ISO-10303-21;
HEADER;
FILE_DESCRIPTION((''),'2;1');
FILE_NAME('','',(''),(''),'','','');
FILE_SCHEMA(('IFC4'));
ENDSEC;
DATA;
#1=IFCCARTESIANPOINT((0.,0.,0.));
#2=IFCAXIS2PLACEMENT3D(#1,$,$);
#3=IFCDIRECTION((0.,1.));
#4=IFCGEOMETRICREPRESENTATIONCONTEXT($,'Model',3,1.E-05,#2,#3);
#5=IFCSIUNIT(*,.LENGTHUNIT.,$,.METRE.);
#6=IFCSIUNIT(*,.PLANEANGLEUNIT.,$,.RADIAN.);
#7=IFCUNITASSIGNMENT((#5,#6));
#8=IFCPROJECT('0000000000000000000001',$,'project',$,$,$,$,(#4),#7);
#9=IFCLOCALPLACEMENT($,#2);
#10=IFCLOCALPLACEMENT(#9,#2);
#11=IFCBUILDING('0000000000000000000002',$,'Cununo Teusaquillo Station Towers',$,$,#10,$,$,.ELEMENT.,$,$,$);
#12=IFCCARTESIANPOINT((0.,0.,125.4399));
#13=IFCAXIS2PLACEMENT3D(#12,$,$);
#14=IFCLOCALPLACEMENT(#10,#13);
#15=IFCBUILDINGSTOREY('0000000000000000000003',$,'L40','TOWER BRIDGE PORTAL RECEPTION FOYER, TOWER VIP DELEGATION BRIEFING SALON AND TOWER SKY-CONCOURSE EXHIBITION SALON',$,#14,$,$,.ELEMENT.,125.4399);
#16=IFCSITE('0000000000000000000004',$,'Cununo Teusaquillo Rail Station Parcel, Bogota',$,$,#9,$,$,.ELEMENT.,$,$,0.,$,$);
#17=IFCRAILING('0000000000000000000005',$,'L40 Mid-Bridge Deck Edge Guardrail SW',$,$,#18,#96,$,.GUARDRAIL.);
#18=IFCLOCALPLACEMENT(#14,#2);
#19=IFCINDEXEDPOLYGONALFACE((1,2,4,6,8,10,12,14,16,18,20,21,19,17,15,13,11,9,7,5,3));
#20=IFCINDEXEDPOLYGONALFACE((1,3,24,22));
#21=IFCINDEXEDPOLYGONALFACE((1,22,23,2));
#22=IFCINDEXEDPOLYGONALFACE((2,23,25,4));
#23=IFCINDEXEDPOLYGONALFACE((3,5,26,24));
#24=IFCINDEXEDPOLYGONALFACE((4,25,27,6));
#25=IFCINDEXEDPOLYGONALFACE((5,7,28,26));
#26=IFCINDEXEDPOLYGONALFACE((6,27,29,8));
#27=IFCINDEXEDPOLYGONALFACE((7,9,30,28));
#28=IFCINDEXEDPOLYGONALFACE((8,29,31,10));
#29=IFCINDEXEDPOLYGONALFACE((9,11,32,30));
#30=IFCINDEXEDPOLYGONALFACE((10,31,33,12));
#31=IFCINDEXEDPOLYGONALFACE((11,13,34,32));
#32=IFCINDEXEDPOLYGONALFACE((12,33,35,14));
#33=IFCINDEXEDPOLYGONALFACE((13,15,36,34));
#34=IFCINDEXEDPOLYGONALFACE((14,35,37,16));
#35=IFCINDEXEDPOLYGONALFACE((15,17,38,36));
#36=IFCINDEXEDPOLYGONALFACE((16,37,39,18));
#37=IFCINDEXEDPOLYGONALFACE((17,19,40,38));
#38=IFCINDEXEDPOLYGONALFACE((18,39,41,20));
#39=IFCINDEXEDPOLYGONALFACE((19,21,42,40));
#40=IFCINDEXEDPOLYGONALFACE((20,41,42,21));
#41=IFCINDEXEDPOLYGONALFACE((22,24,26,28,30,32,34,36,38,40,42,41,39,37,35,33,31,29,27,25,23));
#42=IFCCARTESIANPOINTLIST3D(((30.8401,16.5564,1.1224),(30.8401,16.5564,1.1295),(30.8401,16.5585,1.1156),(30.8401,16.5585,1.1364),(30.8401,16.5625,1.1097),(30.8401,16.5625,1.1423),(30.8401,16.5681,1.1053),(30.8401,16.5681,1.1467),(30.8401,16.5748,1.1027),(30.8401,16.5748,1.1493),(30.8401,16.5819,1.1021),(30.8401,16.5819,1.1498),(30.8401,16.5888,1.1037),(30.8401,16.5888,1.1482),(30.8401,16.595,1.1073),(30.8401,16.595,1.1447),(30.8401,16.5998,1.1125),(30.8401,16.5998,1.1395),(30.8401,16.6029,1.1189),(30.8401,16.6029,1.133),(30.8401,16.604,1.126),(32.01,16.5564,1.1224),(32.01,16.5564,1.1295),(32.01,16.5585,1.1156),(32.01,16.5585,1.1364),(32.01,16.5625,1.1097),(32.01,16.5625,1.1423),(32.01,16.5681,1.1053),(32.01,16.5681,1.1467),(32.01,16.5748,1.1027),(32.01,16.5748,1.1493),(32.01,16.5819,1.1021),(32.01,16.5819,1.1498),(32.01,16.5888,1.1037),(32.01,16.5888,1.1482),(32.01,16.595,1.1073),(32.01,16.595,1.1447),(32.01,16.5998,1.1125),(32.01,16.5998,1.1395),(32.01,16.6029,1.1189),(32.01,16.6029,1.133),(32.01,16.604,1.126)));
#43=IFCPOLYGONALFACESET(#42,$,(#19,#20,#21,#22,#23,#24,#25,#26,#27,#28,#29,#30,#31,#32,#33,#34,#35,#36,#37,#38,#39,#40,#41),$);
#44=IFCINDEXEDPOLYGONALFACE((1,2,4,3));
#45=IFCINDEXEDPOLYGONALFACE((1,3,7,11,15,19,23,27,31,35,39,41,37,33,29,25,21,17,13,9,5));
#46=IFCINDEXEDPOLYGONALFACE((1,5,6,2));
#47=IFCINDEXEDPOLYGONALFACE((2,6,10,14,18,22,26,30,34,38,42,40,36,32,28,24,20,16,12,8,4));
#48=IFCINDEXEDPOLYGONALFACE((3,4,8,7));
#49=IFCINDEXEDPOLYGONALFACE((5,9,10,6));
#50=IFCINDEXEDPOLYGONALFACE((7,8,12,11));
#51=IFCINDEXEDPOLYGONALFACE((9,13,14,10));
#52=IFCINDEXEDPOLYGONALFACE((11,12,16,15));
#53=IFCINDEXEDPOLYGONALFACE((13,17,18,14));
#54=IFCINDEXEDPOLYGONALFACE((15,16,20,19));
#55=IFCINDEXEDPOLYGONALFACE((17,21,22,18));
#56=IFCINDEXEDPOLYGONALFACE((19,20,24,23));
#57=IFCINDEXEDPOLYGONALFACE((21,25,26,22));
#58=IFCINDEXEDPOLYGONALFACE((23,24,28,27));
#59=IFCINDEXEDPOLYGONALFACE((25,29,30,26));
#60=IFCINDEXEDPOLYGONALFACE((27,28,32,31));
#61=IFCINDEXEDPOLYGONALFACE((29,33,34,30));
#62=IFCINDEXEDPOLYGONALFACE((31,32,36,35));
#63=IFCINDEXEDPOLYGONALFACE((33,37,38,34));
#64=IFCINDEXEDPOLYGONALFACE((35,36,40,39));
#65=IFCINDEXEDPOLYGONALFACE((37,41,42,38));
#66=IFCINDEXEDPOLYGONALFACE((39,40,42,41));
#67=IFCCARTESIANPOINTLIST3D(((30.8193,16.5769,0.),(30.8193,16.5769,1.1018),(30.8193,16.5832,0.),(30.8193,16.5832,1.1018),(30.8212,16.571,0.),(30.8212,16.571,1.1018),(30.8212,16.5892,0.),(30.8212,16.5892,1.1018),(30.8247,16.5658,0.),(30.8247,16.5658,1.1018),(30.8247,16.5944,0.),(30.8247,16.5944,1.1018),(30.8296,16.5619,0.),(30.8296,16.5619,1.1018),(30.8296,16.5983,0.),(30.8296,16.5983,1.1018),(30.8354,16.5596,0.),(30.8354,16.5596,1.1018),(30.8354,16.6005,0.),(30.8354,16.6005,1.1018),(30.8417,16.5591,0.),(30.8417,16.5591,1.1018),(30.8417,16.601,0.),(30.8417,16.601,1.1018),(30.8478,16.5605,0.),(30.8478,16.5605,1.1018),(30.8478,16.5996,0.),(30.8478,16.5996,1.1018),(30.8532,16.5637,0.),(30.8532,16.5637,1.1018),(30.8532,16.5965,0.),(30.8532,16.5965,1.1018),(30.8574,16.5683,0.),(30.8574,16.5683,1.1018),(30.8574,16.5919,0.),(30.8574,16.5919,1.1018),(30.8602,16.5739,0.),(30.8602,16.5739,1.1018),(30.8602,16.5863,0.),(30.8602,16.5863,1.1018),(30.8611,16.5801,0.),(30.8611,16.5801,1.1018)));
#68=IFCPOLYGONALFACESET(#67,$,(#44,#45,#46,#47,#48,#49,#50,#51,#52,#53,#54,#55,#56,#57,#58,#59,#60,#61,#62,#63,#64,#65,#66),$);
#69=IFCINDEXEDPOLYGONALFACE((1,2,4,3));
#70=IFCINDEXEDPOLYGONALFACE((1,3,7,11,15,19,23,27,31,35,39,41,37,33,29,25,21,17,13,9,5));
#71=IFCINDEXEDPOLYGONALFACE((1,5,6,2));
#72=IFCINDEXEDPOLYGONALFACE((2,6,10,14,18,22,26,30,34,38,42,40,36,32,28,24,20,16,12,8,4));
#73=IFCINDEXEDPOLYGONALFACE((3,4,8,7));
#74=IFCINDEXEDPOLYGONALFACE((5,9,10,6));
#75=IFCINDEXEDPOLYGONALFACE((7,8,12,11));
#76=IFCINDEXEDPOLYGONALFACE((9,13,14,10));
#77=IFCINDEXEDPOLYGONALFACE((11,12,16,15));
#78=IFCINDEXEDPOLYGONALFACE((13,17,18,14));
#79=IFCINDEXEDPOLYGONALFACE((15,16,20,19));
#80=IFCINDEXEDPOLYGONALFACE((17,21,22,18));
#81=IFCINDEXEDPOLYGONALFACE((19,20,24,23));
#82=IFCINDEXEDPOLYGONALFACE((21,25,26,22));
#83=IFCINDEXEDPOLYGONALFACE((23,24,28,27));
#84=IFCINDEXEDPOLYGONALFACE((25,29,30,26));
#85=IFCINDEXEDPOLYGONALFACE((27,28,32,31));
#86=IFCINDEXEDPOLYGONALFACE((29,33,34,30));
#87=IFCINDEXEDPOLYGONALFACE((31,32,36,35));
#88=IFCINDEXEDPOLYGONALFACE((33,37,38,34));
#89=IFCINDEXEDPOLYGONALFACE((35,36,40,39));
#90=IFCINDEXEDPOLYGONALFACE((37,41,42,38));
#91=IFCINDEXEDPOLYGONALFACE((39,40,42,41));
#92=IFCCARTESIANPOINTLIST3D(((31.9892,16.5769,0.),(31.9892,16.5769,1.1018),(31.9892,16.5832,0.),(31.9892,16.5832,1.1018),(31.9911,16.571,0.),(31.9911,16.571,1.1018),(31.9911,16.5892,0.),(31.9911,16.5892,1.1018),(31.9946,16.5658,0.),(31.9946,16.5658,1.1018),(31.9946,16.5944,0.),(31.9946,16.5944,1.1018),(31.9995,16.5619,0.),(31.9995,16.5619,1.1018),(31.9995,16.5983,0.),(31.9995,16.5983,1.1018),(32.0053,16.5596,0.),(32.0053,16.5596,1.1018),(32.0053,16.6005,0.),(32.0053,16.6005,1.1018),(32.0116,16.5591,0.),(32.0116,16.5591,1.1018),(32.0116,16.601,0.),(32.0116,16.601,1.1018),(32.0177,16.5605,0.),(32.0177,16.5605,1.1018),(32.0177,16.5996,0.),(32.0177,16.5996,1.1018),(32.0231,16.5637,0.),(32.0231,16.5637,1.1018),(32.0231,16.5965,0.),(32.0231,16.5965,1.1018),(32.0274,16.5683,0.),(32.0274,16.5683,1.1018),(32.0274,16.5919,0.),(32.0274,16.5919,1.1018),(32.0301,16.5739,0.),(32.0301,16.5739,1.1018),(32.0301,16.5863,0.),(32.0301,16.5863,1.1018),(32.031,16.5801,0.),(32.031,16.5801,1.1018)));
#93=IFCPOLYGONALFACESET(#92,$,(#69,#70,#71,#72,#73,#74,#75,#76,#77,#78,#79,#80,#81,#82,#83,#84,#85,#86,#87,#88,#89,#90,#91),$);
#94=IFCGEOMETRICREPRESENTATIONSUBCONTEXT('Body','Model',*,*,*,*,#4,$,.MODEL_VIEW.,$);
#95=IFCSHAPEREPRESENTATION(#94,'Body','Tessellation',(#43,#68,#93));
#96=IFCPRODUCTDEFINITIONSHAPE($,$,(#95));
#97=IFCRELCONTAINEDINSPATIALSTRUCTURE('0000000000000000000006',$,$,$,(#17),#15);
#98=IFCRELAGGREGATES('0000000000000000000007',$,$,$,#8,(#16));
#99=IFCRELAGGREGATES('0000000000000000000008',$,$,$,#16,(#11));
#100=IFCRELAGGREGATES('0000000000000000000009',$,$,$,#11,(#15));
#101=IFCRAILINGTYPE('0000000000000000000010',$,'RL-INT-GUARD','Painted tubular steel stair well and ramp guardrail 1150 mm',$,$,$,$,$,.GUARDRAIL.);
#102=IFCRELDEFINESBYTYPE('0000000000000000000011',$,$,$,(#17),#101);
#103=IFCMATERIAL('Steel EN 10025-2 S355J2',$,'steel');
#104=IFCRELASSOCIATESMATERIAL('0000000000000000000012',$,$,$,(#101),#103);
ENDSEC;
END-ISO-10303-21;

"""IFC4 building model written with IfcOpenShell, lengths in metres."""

from ifc_helpers import new_model, si_unit, direction, frame, origin, origin_2d, place, context, subcontext, project, spatial, circle, extrude, material, type_object, element, save


model = new_model("IFC4")

# Units and contexts
model_context = context("Model", 3, precision=1e-05, world=origin(), true_north=direction((0.0, 1.0)))
body_context = subcontext(model_context, "Body", "Model", "MODEL_VIEW")
ifc_project = project(units=[si_unit("LENGTHUNIT", "METRE"), si_unit("PLANEANGLEUNIT", "RADIAN")], contexts=[model_context])

# Site, building, storey
site_placement = place(None, origin())
site = spatial("IfcSite", under=ifc_project, at=site_placement, Name="Cununo Teusaquillo Rail Station Parcel, Bogota", CompositionType="ELEMENT", RefElevation=0.0)
building_placement = place(site_placement, origin())
building = spatial("IfcBuilding", under=site, at=building_placement, Name="Cununo Teusaquillo Station Towers", CompositionType="ELEMENT")
storey_placement = place(building_placement, frame((0.0, 0.0, 125.4399)))
storey = spatial("IfcBuildingStorey", under=building, at=storey_placement, Name="L40", Description="TOWER BRIDGE PORTAL RECEPTION FOYER, TOWER VIP DELEGATION BRIEFING SALON AND TOWER SKY-CONCOURSE EXHIBITION SALON", CompositionType="ELEMENT", Elevation=125.4399)

# Railing
ifc_material_1 = material(Name="Steel EN 10025-2 S355J2", Category="steel")
railing_type = type_object("IfcRailingType", Name="RL-INT-GUARD", Description="Painted tubular steel stair well and ramp guardrail 1150 mm", PredefinedType="GUARDRAIL", material=ifc_material_1)
railing_placement = place(storey_placement, frame((30.8401, 16.5801, 0.0)))
element("IfcRailing", 1, at=railing_placement, inside=storey, type_object=railing_type, Name="L40 Mid-Bridge Deck Edge Guardrail SW", PredefinedType="GUARDRAIL", context=body_context, shape_type="SweptSolid", body=[
    extrude(circle(Radius=0.0239, at=origin_2d()), frame((0.0, 0.0, 1.126), z_axis=(1.0, 0.0, 0.0), x_axis=(0.0, 1.0, 0.0)), (0.0, 0.0, 1.0), 1.1699),
    extrude(circle(Radius=0.021, at=origin_2d()), origin(), (0.0, 0.0, 1.0), 1.1018),
    extrude(circle(Radius=0.021, at=origin_2d()), frame((1.1699, 0.0, 0.0)), (0.0, 0.0, 1.0), 1.1018),
])

save(model, "model.ifc")
